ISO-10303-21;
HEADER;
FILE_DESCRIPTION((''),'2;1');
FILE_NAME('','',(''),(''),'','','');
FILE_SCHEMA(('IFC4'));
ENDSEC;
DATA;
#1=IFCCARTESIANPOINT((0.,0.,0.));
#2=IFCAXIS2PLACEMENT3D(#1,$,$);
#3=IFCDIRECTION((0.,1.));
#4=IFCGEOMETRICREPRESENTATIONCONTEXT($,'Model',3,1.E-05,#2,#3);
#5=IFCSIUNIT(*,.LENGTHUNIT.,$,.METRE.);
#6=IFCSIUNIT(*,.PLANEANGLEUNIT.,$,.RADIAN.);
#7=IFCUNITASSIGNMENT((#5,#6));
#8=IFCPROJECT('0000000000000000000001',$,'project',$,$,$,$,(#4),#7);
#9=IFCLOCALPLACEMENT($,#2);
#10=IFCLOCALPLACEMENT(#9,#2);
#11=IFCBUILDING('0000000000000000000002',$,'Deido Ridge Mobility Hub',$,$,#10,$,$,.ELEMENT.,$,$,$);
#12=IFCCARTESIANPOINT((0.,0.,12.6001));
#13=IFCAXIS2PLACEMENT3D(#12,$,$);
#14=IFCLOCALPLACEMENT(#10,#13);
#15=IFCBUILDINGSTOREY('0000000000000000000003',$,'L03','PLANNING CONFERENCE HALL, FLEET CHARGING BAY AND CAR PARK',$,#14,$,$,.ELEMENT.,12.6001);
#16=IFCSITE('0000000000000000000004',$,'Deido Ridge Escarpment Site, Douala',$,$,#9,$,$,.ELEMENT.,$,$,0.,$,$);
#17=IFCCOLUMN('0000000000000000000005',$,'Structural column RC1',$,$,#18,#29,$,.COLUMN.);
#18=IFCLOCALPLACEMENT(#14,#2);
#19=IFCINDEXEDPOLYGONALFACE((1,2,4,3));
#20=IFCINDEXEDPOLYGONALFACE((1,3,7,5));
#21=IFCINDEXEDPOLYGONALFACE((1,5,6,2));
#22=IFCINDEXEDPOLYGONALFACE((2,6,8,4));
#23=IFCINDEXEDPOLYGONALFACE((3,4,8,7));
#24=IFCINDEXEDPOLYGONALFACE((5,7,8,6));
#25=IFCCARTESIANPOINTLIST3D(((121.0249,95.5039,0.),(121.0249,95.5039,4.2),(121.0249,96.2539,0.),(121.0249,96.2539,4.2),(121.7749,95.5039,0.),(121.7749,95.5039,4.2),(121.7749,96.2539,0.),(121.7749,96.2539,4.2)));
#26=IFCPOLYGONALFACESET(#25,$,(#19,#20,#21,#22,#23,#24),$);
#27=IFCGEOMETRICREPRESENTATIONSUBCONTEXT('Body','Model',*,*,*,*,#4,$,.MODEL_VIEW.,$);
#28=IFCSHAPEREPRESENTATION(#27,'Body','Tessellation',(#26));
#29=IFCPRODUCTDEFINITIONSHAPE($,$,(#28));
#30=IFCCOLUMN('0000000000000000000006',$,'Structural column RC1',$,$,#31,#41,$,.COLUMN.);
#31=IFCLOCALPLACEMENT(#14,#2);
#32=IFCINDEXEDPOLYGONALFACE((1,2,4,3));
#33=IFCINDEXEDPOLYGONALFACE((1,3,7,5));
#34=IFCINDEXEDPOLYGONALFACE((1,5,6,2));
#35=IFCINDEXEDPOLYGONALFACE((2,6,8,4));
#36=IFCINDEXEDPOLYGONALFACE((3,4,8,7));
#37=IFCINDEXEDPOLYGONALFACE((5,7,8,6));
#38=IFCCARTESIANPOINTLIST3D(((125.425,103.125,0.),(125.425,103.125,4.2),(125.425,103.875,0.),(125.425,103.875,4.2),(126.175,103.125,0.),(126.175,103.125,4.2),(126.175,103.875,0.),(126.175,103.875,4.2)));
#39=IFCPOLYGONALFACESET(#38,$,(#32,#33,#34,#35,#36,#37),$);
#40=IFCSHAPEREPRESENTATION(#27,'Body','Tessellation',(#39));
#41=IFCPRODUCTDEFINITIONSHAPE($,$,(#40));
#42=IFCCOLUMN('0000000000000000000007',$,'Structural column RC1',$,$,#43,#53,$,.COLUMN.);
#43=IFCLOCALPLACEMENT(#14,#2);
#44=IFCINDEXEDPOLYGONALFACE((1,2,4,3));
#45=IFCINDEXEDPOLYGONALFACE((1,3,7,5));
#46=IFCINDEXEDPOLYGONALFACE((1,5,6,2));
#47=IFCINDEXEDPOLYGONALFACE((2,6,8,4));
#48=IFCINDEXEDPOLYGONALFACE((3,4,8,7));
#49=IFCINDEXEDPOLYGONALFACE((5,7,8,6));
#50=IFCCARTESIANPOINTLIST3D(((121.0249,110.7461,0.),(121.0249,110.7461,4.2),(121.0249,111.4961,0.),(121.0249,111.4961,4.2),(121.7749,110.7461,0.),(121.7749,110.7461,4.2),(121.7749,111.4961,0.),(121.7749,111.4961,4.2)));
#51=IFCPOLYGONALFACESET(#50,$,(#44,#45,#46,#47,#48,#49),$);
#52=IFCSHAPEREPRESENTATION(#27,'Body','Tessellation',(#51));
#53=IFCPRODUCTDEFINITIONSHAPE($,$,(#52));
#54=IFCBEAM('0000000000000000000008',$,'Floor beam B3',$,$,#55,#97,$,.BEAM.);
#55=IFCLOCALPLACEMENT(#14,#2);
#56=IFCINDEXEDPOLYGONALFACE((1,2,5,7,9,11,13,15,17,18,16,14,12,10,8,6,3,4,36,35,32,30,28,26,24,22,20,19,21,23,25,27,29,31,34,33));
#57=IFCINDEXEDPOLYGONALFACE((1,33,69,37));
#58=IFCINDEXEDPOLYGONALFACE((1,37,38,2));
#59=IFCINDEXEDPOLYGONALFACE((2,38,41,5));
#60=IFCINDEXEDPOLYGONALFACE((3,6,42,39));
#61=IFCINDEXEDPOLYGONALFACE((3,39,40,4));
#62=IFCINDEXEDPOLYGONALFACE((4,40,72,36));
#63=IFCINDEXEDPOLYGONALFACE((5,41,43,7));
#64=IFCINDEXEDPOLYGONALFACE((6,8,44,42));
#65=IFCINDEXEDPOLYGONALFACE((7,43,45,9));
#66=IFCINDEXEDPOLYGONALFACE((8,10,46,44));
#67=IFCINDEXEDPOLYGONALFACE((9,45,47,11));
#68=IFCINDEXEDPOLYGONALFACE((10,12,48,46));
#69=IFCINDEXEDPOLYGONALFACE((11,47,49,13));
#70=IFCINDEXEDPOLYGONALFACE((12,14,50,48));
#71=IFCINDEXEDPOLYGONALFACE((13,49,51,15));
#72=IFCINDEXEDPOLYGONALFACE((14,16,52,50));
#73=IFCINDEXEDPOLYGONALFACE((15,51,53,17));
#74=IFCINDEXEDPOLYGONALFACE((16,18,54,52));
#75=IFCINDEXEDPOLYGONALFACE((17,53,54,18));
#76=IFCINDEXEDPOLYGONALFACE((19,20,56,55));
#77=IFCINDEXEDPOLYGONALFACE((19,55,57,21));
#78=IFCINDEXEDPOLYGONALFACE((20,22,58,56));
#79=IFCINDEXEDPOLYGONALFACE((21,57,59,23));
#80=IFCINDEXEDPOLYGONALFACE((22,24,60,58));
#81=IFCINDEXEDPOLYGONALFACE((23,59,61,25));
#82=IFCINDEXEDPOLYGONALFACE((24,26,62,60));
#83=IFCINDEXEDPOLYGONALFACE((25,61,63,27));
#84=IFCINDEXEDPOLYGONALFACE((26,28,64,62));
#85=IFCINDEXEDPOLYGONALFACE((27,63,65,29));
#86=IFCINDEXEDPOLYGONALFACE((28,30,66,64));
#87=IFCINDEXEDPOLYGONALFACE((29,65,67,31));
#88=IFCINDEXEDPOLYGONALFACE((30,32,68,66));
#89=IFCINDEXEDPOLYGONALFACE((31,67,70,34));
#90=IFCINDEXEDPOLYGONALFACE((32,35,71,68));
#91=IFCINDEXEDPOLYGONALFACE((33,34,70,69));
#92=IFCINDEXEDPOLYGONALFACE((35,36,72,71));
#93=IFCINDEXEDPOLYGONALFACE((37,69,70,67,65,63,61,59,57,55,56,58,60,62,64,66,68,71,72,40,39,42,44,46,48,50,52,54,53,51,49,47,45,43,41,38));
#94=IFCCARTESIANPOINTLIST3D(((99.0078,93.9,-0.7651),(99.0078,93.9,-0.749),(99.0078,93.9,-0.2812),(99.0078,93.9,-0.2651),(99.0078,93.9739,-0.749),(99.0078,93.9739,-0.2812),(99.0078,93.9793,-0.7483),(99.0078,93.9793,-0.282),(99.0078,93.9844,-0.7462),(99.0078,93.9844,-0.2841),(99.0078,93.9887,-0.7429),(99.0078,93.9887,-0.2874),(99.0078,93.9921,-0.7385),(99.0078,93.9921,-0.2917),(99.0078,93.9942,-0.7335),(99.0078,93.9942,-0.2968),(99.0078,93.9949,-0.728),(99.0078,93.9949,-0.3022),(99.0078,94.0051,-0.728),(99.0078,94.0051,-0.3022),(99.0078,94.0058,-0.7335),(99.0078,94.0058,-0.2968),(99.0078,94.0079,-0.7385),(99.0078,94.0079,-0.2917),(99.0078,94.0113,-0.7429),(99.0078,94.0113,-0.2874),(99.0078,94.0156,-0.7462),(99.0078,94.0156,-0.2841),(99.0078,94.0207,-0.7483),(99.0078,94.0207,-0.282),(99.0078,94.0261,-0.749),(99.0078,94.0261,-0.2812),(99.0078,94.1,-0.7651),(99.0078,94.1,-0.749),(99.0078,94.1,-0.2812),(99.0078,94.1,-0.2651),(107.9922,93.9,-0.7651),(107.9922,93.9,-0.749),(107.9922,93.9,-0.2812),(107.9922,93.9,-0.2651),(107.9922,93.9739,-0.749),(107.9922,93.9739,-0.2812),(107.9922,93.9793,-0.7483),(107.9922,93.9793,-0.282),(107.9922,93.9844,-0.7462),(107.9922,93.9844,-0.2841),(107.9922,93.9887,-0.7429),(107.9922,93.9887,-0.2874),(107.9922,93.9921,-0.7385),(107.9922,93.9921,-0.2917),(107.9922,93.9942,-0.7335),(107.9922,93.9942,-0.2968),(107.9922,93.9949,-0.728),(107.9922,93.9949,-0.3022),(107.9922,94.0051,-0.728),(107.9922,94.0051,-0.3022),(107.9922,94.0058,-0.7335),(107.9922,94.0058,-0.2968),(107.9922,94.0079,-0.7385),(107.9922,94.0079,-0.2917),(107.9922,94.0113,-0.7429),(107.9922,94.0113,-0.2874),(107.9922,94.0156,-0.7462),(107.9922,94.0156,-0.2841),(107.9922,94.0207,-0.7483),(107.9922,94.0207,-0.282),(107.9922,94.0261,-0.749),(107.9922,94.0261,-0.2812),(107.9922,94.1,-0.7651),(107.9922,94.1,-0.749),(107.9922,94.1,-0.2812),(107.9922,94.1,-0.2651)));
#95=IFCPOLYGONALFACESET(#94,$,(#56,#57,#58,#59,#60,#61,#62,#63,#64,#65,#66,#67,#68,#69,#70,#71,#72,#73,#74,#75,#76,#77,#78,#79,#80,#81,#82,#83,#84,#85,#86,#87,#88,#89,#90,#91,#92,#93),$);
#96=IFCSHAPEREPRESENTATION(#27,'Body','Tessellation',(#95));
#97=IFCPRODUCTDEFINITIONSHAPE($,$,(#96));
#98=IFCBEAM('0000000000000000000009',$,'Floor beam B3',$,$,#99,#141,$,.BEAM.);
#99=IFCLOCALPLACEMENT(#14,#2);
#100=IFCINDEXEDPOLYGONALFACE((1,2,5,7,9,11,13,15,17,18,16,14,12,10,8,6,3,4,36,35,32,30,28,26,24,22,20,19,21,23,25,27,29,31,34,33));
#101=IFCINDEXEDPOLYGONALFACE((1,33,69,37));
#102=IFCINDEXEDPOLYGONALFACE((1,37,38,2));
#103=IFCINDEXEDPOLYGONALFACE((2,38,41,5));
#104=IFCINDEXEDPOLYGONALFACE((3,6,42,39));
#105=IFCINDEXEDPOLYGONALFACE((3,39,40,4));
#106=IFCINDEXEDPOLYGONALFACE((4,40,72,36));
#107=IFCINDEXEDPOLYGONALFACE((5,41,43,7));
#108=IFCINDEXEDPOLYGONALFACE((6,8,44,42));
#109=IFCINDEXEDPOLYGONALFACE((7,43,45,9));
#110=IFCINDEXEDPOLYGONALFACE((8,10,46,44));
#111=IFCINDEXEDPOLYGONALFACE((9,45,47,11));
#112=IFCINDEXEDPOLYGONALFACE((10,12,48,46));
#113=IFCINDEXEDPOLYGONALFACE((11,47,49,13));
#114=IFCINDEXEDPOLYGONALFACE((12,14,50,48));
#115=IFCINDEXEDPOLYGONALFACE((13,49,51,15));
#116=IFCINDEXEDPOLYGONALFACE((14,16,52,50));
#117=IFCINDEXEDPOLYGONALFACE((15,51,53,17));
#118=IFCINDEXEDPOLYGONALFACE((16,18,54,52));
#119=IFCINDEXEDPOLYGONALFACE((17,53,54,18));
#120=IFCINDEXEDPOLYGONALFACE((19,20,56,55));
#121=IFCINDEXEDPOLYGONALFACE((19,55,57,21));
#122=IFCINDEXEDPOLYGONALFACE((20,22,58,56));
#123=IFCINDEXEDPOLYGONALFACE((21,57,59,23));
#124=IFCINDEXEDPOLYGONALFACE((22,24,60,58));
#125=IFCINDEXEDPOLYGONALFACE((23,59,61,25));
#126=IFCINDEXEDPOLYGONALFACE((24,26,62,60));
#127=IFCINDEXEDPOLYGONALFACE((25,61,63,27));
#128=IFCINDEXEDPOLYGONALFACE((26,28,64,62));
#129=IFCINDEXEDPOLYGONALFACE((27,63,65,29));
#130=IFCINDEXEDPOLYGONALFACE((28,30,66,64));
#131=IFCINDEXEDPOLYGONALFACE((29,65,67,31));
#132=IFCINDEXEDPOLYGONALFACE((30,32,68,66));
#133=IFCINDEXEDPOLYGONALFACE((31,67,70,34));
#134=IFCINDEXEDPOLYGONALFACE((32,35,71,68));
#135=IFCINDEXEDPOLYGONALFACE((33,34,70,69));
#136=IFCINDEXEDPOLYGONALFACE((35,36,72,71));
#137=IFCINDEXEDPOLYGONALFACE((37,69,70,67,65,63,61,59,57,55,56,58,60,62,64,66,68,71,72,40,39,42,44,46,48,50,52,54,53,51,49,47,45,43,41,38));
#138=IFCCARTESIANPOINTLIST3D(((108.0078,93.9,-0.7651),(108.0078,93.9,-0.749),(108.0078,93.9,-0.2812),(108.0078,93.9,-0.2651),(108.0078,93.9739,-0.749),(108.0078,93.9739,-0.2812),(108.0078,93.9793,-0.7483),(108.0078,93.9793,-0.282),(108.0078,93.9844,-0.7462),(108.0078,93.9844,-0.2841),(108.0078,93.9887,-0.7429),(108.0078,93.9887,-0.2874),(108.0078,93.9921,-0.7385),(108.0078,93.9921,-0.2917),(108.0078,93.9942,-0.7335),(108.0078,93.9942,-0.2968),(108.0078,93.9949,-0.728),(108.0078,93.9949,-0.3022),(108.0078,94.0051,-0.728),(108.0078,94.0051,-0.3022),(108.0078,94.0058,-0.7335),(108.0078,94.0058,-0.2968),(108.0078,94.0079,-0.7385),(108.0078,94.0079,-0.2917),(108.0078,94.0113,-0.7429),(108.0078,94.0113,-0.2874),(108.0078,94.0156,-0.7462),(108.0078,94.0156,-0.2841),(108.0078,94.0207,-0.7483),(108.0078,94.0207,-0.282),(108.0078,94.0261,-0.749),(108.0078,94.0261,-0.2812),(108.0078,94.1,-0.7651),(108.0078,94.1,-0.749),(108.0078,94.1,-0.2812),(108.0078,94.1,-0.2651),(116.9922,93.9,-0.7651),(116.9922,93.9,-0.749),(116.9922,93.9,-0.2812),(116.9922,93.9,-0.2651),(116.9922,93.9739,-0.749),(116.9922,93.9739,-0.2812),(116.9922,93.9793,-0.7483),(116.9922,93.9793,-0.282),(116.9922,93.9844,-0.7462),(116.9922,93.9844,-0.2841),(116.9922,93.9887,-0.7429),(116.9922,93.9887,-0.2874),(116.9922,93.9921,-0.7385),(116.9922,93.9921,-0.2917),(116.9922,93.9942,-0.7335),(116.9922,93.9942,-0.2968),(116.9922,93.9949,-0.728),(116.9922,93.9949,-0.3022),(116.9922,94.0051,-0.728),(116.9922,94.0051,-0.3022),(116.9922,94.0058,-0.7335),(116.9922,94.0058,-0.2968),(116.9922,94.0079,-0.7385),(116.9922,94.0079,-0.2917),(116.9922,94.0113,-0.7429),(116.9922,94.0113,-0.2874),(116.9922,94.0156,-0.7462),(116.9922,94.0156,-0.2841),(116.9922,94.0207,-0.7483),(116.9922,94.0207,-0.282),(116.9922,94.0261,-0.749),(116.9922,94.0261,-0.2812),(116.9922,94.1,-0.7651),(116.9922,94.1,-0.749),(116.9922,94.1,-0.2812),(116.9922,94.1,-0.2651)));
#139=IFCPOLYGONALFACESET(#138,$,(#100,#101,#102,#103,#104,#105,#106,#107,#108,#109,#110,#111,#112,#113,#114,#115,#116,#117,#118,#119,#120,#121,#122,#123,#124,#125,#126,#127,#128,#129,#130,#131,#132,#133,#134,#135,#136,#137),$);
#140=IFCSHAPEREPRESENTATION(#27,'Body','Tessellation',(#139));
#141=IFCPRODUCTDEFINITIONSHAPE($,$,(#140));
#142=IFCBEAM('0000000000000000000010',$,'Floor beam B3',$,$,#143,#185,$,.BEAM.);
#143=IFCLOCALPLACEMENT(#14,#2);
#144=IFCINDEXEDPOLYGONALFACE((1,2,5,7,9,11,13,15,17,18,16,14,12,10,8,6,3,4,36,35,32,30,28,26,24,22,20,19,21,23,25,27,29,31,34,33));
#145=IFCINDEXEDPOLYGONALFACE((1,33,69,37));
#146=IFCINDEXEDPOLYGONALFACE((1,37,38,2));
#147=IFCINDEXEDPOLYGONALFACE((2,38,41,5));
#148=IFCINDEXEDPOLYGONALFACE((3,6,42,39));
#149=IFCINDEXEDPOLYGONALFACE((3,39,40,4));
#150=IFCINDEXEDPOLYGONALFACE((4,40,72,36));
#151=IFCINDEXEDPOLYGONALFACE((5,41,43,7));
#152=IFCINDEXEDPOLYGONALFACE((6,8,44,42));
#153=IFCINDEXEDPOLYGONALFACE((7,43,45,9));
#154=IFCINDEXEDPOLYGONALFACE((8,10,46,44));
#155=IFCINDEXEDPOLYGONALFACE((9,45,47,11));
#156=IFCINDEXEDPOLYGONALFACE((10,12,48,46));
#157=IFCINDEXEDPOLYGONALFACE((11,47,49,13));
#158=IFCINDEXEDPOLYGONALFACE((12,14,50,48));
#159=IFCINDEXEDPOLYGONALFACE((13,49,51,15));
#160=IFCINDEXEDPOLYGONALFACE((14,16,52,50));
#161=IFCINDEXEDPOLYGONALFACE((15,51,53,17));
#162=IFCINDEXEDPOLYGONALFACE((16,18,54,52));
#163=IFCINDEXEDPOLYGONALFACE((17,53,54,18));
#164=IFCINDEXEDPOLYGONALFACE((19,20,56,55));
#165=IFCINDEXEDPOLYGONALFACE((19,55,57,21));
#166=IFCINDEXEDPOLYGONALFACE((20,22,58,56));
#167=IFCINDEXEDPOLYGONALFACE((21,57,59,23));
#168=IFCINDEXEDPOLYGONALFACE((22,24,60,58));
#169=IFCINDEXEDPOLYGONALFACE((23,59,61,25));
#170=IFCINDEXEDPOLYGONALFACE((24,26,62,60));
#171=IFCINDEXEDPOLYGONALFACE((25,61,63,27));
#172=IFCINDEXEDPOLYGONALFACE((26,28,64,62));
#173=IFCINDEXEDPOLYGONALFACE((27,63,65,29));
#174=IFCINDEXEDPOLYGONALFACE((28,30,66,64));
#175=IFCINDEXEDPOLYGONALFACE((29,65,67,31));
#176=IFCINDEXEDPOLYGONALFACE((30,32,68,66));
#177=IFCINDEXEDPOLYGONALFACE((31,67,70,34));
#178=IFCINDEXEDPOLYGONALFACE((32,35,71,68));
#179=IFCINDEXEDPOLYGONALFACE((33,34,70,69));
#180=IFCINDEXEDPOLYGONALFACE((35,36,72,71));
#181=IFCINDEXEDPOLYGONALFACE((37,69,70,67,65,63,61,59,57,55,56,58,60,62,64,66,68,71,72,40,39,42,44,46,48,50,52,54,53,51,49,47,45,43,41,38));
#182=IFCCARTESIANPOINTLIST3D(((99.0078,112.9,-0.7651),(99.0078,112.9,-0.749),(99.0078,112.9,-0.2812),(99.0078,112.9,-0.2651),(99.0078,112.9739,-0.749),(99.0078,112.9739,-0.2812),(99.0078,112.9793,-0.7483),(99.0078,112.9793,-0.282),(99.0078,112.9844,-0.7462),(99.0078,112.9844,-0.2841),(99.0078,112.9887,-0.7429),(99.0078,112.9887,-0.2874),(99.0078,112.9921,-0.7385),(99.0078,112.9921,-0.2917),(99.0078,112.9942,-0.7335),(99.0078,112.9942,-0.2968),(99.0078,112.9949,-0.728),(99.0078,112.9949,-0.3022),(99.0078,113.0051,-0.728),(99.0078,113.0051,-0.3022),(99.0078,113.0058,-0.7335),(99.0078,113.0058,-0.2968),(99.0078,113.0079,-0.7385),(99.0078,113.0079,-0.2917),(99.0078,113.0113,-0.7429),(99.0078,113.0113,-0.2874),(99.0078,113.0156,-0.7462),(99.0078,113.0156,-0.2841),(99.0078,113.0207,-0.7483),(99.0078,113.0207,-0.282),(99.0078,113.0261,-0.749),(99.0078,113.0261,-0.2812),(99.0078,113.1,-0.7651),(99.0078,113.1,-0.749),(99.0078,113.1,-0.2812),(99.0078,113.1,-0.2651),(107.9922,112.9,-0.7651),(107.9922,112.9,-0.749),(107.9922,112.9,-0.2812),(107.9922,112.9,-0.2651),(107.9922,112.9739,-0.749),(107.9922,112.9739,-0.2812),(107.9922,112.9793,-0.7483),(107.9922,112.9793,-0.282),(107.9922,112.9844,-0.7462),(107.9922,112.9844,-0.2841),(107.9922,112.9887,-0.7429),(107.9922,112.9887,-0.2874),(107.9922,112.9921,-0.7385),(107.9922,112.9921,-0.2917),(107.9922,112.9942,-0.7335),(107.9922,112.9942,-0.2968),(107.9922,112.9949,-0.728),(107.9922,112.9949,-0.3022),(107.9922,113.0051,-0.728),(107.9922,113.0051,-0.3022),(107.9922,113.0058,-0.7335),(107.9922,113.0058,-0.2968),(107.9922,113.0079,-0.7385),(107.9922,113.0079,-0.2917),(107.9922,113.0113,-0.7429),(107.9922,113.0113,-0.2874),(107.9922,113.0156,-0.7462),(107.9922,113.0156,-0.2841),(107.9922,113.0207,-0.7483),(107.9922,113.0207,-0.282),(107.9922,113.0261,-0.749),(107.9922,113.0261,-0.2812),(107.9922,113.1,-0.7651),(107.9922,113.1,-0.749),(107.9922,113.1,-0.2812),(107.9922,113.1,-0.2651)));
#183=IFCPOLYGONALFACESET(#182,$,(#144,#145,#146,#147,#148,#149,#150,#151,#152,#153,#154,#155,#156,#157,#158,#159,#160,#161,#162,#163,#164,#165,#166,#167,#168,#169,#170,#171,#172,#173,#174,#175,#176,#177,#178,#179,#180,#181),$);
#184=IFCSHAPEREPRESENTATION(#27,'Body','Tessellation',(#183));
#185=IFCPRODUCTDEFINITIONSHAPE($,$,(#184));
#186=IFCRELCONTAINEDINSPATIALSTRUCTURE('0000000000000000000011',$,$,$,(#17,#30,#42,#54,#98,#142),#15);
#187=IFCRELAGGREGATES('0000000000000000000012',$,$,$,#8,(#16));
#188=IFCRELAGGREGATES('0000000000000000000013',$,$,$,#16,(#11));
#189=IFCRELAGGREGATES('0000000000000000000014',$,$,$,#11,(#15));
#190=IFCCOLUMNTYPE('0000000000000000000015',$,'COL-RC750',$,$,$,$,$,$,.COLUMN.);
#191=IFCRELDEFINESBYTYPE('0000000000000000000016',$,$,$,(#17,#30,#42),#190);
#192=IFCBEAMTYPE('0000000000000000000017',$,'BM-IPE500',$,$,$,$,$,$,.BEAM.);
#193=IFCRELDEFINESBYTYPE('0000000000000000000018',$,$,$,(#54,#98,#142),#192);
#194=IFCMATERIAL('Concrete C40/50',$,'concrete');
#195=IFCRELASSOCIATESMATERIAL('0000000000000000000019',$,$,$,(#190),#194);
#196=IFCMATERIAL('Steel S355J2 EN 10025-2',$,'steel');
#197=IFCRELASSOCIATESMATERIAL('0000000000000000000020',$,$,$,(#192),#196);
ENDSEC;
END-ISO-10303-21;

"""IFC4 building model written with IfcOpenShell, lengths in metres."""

from ifc_helpers import new_model, si_unit, direction, frame, origin, origin_2d, place, context, subcontext, project, spatial, rectangle, i_section, extrude, material, material_profile, profile_set, type_object, element, save


model = new_model("IFC4")

# Units and contexts
model_context = context("Model", 3, precision=1e-05, world=origin(), true_north=direction((0.0, 1.0)))
body_context = subcontext(model_context, "Body", "Model", "MODEL_VIEW")
ifc_project = project(units=[si_unit("LENGTHUNIT", "METRE"), si_unit("PLANEANGLEUNIT", "RADIAN")], contexts=[model_context])

# Site, building, storey
site_placement = place(None, origin())
site = spatial("IfcSite", under=ifc_project, at=site_placement, Name="Deido Ridge Escarpment Site, Douala", CompositionType="ELEMENT", RefElevation=0.0)
building_placement = place(site_placement, origin())
building = spatial("IfcBuilding", under=site, at=building_placement, Name="Deido Ridge Mobility Hub", CompositionType="ELEMENT")
storey_placement = place(building_placement, frame((0.0, 0.0, 12.6001)))
storey = spatial("IfcBuildingStorey", under=building, at=storey_placement, Name="L03", Description="PLANNING CONFERENCE HALL, FLEET CHARGING BAY AND CAR PARK", CompositionType="ELEMENT", Elevation=12.6001)

# Columns
ifc_material_1 = material(Name="Steel S355J2 EN 10025-2", Category="steel")
ifc_material_2 = material(Name="Concrete C40/50", Category="concrete")
ifc_material_profile_1 = material_profile(ifc_material_2, rectangle(XDim=0.75, YDim=0.75, at=origin_2d()), Name="RC COL 750x750")
ifc_profile_set_1 = profile_set([ifc_material_profile_1], Name="Concrete C40/50")
column_type_1 = type_object("IfcColumnType", Name="COL-RC750", PredefinedType="COLUMN", material=ifc_profile_set_1)
for number, where, z_axis, x_axis, name in (
    (1, (121.3999, 95.8789, 0.0), (0.0, 0.0, 1.0), (1.0, 0.0, 0.0), "Structural column RC1"),
    (2, (125.8, 103.5, 0.0), (0.0, 0.0, 1.0), (1.0, 0.0, 0.0), "Structural column RC1"),
    (3, (121.3999, 111.1211, 0.0), (0.0, 0.0, 1.0), (1.0, 0.0, 0.0), "Structural column RC1"),
):
    element("IfcColumn", number, at=place(storey_placement, frame(where, z_axis=z_axis, x_axis=x_axis)), inside=storey, type_object=column_type_1, Name=name, PredefinedType="COLUMN", context=body_context, shape_type="SweptSolid", body=[
        extrude(rectangle(XDim=0.75, YDim=0.75, at=origin_2d()), origin(), (0.0, 0.0, 1.0), 4.2),
    ])

# Beams
ifc_material_profile_2 = material_profile(ifc_material_1, i_section(OverallWidth=0.2, OverallDepth=0.5, WebThickness=0.0103, FlangeThickness=0.0161, FilletRadius=0.021, at=origin_2d()), Name="IPE 500")
ifc_profile_set_2 = profile_set([ifc_material_profile_2], Name="Steel S355J2 EN 10025-2")
beam_type_1 = type_object("IfcBeamType", Name="BM-IPE500", PredefinedType="BEAM", material=ifc_profile_set_2)
for number, where, z_axis, x_axis, name in (
    (4, (99.0078, 94.0, -0.5151), (1.0, 0.0, 0.0), (0.0, 1.0, 0.0), "Floor beam B3"),
    (5, (108.0078, 94.0, -0.5151), (1.0, 0.0, 0.0), (0.0, 1.0, 0.0), "Floor beam B3"),
    (6, (99.0078, 113.0, -0.5151), (1.0, 0.0, 0.0), (0.0, 1.0, 0.0), "Floor beam B3"),
):
    element("IfcBeam", number, at=place(storey_placement, frame(where, z_axis=z_axis, x_axis=x_axis)), inside=storey, type_object=beam_type_1, Name=name, PredefinedType="BEAM", context=body_context, shape_type="SweptSolid", body=[
        extrude(i_section(OverallWidth=0.2, OverallDepth=0.5, WebThickness=0.0103, FlangeThickness=0.0161, FilletRadius=0.021, at=origin_2d()), origin(), (0.0, 0.0, 1.0), 8.9844),
    ])

save(model, "model.ifc")
